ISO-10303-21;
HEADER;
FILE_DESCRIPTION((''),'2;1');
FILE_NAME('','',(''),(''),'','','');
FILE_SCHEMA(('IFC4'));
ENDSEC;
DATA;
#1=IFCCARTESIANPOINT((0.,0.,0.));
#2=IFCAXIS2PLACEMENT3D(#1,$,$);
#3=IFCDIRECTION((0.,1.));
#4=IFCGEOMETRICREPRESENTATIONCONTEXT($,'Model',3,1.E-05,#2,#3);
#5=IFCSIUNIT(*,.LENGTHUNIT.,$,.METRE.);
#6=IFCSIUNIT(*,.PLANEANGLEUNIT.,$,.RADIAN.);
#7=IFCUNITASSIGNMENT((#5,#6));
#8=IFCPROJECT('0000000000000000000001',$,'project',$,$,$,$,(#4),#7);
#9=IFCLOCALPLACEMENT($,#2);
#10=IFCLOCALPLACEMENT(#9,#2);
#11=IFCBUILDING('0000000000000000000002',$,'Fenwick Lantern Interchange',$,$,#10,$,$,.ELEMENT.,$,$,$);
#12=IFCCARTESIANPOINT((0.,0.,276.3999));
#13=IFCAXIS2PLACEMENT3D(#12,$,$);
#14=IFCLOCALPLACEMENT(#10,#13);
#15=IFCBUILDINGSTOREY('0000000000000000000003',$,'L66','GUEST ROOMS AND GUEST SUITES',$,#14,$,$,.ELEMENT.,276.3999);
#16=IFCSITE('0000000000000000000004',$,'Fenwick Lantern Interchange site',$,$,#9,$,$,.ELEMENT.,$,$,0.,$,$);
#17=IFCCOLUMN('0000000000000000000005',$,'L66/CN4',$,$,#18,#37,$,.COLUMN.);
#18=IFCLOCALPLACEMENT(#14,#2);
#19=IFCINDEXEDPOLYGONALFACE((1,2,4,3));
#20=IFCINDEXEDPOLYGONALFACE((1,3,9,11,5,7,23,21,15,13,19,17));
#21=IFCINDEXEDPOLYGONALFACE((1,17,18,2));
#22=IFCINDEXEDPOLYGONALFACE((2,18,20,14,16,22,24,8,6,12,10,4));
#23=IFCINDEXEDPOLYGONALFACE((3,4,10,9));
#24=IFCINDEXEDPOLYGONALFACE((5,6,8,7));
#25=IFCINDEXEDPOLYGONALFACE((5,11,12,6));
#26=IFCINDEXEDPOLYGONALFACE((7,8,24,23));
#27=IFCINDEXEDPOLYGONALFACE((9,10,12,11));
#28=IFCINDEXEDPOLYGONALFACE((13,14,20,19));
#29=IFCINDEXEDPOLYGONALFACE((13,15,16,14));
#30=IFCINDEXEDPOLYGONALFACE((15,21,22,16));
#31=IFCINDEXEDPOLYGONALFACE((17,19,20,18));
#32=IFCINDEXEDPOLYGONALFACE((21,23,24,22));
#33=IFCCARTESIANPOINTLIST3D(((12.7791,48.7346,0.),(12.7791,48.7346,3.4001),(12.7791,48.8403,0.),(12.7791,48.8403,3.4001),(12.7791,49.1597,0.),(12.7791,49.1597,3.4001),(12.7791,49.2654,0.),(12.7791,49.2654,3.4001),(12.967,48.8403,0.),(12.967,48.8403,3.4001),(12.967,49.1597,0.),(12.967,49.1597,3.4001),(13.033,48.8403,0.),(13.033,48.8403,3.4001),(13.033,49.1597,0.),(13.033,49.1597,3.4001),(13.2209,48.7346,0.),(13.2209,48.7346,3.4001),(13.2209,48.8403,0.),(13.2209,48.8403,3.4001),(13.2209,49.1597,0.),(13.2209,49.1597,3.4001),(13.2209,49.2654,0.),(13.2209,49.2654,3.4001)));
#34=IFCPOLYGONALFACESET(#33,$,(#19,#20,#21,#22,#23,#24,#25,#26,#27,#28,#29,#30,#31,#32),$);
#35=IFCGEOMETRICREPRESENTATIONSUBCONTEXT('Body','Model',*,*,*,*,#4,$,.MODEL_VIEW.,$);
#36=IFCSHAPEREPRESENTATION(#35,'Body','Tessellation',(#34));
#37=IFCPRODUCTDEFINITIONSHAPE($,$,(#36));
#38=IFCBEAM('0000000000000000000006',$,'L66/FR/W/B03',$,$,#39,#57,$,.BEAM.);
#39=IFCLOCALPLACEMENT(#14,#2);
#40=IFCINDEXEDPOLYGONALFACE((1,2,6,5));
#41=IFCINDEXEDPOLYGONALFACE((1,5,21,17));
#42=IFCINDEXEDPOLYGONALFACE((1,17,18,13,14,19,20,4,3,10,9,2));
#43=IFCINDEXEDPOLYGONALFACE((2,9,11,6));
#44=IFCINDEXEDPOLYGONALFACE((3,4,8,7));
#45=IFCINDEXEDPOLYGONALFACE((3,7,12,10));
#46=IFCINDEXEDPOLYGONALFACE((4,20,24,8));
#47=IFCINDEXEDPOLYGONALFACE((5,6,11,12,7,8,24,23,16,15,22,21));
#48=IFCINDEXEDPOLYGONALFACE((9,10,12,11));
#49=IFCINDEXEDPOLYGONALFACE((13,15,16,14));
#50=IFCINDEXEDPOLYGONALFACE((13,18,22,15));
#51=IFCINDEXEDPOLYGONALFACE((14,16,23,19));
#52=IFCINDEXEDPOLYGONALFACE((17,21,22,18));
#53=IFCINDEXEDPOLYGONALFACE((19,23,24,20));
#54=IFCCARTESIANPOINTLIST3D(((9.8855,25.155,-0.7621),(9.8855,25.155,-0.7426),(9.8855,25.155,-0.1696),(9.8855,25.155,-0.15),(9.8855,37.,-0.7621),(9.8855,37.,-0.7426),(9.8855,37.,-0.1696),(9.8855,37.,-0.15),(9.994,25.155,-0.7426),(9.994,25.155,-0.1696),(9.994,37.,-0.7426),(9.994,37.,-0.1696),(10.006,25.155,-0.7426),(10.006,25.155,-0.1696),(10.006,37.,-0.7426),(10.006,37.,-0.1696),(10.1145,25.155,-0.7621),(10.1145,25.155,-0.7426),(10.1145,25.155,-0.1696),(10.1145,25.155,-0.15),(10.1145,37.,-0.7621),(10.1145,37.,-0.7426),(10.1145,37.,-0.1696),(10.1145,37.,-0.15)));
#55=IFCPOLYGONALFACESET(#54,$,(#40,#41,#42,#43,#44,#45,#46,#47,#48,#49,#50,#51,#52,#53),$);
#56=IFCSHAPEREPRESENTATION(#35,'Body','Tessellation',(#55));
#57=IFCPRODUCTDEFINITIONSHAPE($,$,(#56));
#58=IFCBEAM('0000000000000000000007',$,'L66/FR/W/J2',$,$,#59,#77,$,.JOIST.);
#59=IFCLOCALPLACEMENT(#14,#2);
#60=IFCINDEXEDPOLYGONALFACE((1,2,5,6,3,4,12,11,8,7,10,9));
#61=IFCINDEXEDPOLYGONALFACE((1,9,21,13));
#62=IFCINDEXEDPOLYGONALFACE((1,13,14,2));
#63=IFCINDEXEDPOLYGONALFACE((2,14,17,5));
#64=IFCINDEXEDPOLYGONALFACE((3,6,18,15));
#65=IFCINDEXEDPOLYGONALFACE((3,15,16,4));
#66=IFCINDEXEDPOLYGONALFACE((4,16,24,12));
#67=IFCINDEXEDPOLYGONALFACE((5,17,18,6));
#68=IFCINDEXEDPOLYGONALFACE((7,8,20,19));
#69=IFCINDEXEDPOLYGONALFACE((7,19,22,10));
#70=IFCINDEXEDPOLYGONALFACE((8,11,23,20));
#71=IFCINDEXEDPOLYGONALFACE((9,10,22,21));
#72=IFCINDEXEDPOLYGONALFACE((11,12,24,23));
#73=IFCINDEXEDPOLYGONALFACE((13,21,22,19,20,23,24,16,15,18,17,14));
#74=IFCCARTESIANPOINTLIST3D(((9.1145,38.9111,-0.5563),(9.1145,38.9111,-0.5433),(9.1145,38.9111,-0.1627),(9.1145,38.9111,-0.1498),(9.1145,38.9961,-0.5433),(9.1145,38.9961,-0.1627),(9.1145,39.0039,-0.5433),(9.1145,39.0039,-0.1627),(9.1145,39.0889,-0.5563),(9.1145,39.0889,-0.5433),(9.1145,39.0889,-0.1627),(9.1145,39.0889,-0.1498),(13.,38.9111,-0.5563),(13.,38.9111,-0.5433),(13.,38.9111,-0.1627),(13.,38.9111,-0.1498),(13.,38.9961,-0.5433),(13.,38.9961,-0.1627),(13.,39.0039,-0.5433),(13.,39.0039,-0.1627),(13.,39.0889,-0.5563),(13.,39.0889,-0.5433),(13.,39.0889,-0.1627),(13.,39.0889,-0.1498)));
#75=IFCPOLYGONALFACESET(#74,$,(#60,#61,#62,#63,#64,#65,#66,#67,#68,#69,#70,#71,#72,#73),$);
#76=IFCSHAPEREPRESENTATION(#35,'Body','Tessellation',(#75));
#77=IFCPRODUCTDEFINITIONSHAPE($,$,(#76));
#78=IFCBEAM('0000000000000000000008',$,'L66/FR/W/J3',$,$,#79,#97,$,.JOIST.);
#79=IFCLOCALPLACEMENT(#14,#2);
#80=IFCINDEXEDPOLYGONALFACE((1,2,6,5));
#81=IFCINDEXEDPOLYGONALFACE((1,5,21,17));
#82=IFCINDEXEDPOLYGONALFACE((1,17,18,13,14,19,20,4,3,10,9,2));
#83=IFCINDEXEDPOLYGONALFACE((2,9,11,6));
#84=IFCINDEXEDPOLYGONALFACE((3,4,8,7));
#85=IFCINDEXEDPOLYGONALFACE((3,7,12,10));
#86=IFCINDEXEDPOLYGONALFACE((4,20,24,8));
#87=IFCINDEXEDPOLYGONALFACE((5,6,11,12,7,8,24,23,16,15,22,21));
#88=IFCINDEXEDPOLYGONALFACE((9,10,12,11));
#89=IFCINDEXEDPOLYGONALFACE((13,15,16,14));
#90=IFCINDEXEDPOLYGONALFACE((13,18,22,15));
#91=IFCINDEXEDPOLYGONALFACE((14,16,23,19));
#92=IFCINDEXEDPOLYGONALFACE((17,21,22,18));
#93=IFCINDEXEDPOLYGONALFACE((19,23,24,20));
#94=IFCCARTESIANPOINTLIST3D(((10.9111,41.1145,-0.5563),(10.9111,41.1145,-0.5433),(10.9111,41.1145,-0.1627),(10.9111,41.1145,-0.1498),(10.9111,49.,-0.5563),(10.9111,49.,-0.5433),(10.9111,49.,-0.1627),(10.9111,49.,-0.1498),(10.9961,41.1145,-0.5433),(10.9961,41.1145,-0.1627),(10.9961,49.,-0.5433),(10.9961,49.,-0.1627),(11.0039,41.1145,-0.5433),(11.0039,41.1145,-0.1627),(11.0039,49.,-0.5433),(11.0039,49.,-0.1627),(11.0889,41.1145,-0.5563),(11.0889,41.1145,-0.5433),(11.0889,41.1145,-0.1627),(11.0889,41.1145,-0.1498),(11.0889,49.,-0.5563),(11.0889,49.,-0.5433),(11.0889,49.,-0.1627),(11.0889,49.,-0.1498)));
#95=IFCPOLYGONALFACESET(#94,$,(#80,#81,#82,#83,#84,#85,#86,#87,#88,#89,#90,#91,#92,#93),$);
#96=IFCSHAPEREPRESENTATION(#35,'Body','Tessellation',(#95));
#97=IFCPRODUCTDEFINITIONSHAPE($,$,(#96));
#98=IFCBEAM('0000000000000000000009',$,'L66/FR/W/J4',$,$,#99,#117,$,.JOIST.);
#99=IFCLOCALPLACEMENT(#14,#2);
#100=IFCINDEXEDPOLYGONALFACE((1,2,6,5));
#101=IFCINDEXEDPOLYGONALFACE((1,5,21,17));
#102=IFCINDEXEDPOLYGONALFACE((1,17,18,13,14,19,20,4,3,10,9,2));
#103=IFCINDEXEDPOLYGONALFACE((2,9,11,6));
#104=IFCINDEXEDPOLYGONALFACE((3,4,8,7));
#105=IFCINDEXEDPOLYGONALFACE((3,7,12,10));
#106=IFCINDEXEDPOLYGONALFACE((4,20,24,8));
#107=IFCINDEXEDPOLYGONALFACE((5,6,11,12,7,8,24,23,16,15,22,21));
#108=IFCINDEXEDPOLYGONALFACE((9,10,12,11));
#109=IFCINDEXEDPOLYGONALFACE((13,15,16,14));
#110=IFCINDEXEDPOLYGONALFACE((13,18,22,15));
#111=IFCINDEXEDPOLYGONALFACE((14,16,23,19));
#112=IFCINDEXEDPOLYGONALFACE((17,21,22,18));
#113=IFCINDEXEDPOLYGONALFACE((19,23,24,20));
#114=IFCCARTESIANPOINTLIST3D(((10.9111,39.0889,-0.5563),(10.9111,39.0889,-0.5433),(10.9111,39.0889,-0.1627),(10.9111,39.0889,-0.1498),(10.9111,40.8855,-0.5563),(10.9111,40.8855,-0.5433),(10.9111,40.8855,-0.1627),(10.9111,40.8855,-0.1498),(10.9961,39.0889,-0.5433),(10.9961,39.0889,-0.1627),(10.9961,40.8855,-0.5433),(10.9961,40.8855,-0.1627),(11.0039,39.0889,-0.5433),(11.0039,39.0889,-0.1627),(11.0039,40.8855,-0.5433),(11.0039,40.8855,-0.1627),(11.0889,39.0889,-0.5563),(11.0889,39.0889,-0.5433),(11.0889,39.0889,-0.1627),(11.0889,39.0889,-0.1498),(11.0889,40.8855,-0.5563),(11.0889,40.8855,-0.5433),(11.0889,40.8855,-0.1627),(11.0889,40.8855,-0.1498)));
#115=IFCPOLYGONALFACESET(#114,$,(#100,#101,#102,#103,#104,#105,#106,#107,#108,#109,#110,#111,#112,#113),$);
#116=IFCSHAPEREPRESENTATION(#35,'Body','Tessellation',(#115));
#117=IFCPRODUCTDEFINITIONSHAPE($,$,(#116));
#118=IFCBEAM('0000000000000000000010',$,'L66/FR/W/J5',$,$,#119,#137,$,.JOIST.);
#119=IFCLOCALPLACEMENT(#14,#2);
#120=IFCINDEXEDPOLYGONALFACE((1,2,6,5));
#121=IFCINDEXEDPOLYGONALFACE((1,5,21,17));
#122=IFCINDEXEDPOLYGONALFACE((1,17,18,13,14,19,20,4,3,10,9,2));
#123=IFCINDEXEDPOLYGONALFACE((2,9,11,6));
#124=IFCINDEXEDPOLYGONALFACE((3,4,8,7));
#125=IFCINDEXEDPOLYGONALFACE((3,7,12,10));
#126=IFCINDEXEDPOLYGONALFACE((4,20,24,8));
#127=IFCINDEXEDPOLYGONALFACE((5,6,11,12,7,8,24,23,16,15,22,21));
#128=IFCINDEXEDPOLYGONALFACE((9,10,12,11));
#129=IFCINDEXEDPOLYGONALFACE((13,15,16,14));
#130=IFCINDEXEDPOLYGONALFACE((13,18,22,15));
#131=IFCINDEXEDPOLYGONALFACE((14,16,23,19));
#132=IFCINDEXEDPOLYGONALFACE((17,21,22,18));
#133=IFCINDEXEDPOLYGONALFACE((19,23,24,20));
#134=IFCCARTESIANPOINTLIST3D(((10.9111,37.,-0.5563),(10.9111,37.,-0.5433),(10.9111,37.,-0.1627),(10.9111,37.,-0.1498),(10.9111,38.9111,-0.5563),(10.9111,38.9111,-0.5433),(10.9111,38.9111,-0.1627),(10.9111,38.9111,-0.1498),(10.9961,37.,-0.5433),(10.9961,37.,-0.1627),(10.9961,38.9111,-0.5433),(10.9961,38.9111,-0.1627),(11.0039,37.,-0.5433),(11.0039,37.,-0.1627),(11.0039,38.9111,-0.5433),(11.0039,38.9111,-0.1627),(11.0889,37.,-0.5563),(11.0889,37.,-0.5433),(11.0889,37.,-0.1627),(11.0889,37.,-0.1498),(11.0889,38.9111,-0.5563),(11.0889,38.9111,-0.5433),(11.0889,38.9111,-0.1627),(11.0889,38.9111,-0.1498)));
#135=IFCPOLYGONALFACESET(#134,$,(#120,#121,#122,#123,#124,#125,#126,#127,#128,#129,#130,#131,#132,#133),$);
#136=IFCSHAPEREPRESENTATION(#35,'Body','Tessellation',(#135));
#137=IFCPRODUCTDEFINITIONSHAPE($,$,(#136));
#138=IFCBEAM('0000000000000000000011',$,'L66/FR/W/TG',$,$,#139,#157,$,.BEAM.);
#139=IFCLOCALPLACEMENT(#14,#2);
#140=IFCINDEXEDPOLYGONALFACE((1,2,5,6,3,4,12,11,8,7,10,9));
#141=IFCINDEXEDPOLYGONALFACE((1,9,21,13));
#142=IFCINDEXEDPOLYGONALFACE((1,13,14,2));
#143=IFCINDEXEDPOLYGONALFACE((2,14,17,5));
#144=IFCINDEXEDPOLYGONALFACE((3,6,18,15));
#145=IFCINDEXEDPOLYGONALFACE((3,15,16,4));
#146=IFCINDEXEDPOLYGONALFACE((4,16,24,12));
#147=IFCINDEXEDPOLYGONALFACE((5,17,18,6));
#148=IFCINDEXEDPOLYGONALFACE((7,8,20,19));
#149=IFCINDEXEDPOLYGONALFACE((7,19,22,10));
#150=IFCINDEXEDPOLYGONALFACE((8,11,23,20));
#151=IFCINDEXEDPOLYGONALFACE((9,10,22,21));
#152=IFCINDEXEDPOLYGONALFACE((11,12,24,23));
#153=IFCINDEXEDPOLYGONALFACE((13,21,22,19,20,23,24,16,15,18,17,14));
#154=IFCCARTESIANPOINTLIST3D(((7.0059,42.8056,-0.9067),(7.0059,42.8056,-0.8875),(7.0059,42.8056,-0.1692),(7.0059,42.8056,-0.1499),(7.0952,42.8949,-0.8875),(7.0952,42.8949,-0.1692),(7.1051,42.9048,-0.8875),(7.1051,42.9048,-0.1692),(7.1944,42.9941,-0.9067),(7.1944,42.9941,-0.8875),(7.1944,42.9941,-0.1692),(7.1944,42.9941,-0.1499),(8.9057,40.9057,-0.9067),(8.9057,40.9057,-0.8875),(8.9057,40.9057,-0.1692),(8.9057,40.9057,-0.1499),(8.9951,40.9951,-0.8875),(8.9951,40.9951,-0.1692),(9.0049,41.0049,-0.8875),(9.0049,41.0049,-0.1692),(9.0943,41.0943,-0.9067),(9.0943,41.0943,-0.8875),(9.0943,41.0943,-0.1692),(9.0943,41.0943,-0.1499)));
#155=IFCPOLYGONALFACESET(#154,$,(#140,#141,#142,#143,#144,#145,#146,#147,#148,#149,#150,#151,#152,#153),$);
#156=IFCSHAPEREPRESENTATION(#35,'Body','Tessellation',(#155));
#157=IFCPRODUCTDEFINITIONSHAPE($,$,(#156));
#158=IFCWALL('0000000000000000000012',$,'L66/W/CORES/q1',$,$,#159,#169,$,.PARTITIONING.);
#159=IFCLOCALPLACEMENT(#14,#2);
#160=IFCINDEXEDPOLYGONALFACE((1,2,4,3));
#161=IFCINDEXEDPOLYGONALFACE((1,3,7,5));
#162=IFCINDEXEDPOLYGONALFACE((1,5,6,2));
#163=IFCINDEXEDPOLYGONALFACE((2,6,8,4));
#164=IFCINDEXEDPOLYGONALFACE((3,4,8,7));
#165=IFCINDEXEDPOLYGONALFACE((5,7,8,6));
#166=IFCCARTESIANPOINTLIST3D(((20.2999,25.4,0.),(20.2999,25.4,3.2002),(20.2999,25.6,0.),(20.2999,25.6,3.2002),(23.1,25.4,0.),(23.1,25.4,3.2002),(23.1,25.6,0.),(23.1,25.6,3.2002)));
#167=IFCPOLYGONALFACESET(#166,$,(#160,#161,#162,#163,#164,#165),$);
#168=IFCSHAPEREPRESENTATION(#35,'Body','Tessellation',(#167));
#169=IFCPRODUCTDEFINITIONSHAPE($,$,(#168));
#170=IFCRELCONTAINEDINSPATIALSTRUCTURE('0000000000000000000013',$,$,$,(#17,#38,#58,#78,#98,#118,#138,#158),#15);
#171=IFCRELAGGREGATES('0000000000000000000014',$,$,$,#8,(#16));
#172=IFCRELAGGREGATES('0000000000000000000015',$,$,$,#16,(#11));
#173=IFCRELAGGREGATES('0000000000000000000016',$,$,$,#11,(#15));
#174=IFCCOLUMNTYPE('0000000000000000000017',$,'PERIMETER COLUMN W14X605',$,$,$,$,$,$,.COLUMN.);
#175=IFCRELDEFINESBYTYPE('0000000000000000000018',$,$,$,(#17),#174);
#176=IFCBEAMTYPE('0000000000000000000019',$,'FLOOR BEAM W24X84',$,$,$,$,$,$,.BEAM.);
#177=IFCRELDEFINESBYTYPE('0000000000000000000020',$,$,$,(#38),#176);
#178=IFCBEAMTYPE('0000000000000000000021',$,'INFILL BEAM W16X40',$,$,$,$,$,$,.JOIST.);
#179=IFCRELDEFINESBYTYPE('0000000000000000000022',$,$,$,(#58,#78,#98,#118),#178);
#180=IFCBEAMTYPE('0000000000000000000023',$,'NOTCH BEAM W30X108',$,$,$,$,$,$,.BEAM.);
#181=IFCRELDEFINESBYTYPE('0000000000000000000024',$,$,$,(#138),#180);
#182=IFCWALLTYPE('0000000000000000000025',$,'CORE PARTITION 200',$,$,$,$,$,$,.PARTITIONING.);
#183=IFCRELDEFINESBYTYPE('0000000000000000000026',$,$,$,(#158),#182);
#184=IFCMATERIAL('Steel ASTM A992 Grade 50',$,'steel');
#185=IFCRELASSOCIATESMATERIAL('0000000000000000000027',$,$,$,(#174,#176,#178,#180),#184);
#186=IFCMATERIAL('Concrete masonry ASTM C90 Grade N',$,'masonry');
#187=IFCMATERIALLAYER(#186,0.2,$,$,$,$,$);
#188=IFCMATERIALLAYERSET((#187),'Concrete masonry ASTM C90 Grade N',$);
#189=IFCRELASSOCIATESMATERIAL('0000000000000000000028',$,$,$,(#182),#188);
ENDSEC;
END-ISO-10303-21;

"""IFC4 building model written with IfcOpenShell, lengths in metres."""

from ifc_helpers import new_model, si_unit, direction, frame, frame_2d, origin, origin_2d, place, context, subcontext, project, spatial, rectangle, i_section, extrude, material, layer, layer_set, material_profile, profile_set, type_object, element, save


model = new_model("IFC4")

# Units and contexts
model_context = context("Model", 3, precision=1e-05, world=origin(), true_north=direction((0.0, 1.0)))
body_context = subcontext(model_context, "Body", "Model", "MODEL_VIEW")
ifc_project = project(units=[si_unit("LENGTHUNIT", "METRE"), si_unit("PLANEANGLEUNIT", "RADIAN")], contexts=[model_context])

# Site, building, storey
site_placement = place(None, origin())
site = spatial("IfcSite", under=ifc_project, at=site_placement, Name="Fenwick Lantern Interchange site", CompositionType="ELEMENT", RefElevation=0.0)
building_placement = place(site_placement, origin())
building = spatial("IfcBuilding", under=site, at=building_placement, Name="Fenwick Lantern Interchange", CompositionType="ELEMENT")
storey_placement = place(building_placement, frame((0.0, 0.0, 276.3999)))
storey = spatial("IfcBuildingStorey", under=building, at=storey_placement, Name="L66", Description="GUEST ROOMS AND GUEST SUITES", CompositionType="ELEMENT", Elevation=276.3999)

# Column
ifc_material_1 = material(Name="Steel ASTM A992 Grade 50", Category="steel")
ifc_material_profile_1 = material_profile(ifc_material_1, i_section(OverallWidth=0.4419, OverallDepth=0.5308, WebThickness=0.0659, FlangeThickness=0.1057, at=origin_2d()), Name="W14X605")
ifc_profile_set_1 = profile_set([ifc_material_profile_1], Name="Steel ASTM A992 Grade 50")
column_type = type_object("IfcColumnType", Name="PERIMETER COLUMN W14X605", PredefinedType="COLUMN", material=ifc_profile_set_1)
column_placement = place(storey_placement, frame((13.0, 49.0, 0.0), z_axis=(0.0, 0.0, 1.0), x_axis=(1.0, 0.0, 0.0)))
element("IfcColumn", 1, at=column_placement, inside=storey, type_object=column_type, Name="L66/CN4", PredefinedType="COLUMN", context=body_context, shape_type="SweptSolid", body=[
    extrude(i_section(OverallWidth=0.4419, OverallDepth=0.5308, WebThickness=0.0659, FlangeThickness=0.1057, at=origin_2d()), origin(), (0.0, 0.0, 1.0), 3.4001),
])

# Beams
ifc_material_profile_2 = material_profile(ifc_material_1, i_section(OverallWidth=0.229, OverallDepth=0.6121, WebThickness=0.012, FlangeThickness=0.0195, at=origin_2d()), Name="W24X84")
ifc_profile_set_2 = profile_set([ifc_material_profile_2], Name="Steel ASTM A992 Grade 50")
beam_type_1 = type_object("IfcBeamType", Name="FLOOR BEAM W24X84", PredefinedType="BEAM", material=ifc_profile_set_2)
beam_1_placement = place(storey_placement, frame((10.0, 37.0, -0.4561), z_axis=(0.0, -1.0, 0.0), x_axis=(1.0, 0.0, 0.0)))
element("IfcBeam", 2, at=beam_1_placement, inside=storey, type_object=beam_type_1, Name="L66/FR/W/B03", PredefinedType="BEAM", context=body_context, shape_type="SweptSolid", body=[
    extrude(i_section(OverallWidth=0.229, OverallDepth=0.6121, WebThickness=0.012, FlangeThickness=0.0195, at=origin_2d()), origin(), (0.0, 0.0, 1.0), 11.845),
])
ifc_material_profile_3 = material_profile(ifc_material_1, i_section(OverallWidth=0.1777, OverallDepth=0.4065, WebThickness=0.0078, FlangeThickness=0.0129, at=origin_2d()), Name="W16X40")
ifc_profile_set_3 = profile_set([ifc_material_profile_3], Name="Steel ASTM A992 Grade 50")
beam_type_2 = type_object("IfcBeamType", Name="INFILL BEAM W16X40", PredefinedType="JOIST", material=ifc_profile_set_3)
beam_2_placement = place(storey_placement, frame((9.1145, 39.0, -0.353), z_axis=(1.0, 0.0, 0.0), x_axis=(0.0, 1.0, 0.0)))
element("IfcBeam", 3, at=beam_2_placement, inside=storey, type_object=beam_type_2, Name="L66/FR/W/J2", PredefinedType="JOIST", context=body_context, shape_type="SweptSolid", body=[
    extrude(i_section(OverallWidth=0.1777, OverallDepth=0.4065, WebThickness=0.0078, FlangeThickness=0.0129, at=origin_2d()), origin(), (0.0, 0.0, 1.0), 3.8855),
])
beam_3_placement = place(storey_placement, frame((11.0, 49.0, -0.353), z_axis=(0.0, -1.0, 0.0), x_axis=(1.0, 0.0, 0.0)))
element("IfcBeam", 4, at=beam_3_placement, inside=storey, type_object=beam_type_2, Name="L66/FR/W/J3", PredefinedType="JOIST", context=body_context, shape_type="SweptSolid", body=[
    extrude(i_section(OverallWidth=0.1777, OverallDepth=0.4065, WebThickness=0.0078, FlangeThickness=0.0129, at=origin_2d()), origin(), (0.0, 0.0, 1.0), 7.8855),
])
beam_4_placement = place(storey_placement, frame((11.0, 40.8855, -0.353), z_axis=(0.0, -1.0, 0.0), x_axis=(1.0, 0.0, 0.0)))
element("IfcBeam", 5, at=beam_4_placement, inside=storey, type_object=beam_type_2, Name="L66/FR/W/J4", PredefinedType="JOIST", context=body_context, shape_type="SweptSolid", body=[
    extrude(i_section(OverallWidth=0.1777, OverallDepth=0.4065, WebThickness=0.0078, FlangeThickness=0.0129, at=origin_2d()), origin(), (0.0, 0.0, 1.0), 1.7966),
])
beam_5_placement = place(storey_placement, frame((11.0, 38.9111, -0.353), z_axis=(0.0, -1.0, 0.0), x_axis=(1.0, 0.0, 0.0)))
element("IfcBeam", 6, at=beam_5_placement, inside=storey, type_object=beam_type_2, Name="L66/FR/W/J5", PredefinedType="JOIST", context=body_context, shape_type="SweptSolid", body=[
    extrude(i_section(OverallWidth=0.1777, OverallDepth=0.4065, WebThickness=0.0078, FlangeThickness=0.0129, at=origin_2d()), origin(), (0.0, 0.0, 1.0), 1.9111),
])
ifc_material_profile_4 = material_profile(ifc_material_1, i_section(OverallWidth=0.2666, OverallDepth=0.7568, WebThickness=0.0139, FlangeThickness=0.0193, at=origin_2d()), Name="W30X108")
ifc_profile_set_4 = profile_set([ifc_material_profile_4], Name="Steel ASTM A992 Grade 50")
beam_type_3 = type_object("IfcBeamType", Name="NOTCH BEAM W30X108", PredefinedType="BEAM", material=ifc_profile_set_4)
beam_6_placement = place(storey_placement, frame((9.0, 41.0, -0.5283), z_axis=(-0.707107, 0.707107, 0.0), x_axis=(-0.707107, -0.707107, 0.0)))
element("IfcBeam", 7, at=beam_6_placement, inside=storey, type_object=beam_type_3, Name="L66/FR/W/TG", PredefinedType="BEAM", context=body_context, shape_type="SweptSolid", body=[
    extrude(i_section(OverallWidth=0.2666, OverallDepth=0.7568, WebThickness=0.0139, FlangeThickness=0.0193, at=origin_2d()), origin(), (0.0, 0.0, 1.0), 2.6868),
])

# Wall
ifc_material_2 = material(Name="Concrete masonry ASTM C90 Grade N", Category="masonry")
ifc_layer_1 = layer(ifc_material_2, 0.2)
ifc_layer_set_1 = layer_set([ifc_layer_1], Name="Concrete masonry ASTM C90 Grade N")
wall_type_1 = type_object("IfcWallType", Name="CORE PARTITION 200", PredefinedType="PARTITIONING", material=ifc_layer_set_1)
wall_1_placement = place(storey_placement, frame((20.3, 25.5, 0.0), z_axis=(0.0, 0.0, 1.0), x_axis=(1.0, 0.0, 0.0)))
element("IfcWall", 8, at=wall_1_placement, inside=storey, type_object=wall_type_1, Name="L66/W/CORES/q1", PredefinedType="PARTITIONING", context=body_context, shape_type="SweptSolid", body=[
    extrude(rectangle(XDim=2.8, YDim=0.2, at=frame_2d((1.3999, 0.0))), origin(), (0.0, 0.0, 1.0), 3.2002),
])

save(model, "model.ifc")
